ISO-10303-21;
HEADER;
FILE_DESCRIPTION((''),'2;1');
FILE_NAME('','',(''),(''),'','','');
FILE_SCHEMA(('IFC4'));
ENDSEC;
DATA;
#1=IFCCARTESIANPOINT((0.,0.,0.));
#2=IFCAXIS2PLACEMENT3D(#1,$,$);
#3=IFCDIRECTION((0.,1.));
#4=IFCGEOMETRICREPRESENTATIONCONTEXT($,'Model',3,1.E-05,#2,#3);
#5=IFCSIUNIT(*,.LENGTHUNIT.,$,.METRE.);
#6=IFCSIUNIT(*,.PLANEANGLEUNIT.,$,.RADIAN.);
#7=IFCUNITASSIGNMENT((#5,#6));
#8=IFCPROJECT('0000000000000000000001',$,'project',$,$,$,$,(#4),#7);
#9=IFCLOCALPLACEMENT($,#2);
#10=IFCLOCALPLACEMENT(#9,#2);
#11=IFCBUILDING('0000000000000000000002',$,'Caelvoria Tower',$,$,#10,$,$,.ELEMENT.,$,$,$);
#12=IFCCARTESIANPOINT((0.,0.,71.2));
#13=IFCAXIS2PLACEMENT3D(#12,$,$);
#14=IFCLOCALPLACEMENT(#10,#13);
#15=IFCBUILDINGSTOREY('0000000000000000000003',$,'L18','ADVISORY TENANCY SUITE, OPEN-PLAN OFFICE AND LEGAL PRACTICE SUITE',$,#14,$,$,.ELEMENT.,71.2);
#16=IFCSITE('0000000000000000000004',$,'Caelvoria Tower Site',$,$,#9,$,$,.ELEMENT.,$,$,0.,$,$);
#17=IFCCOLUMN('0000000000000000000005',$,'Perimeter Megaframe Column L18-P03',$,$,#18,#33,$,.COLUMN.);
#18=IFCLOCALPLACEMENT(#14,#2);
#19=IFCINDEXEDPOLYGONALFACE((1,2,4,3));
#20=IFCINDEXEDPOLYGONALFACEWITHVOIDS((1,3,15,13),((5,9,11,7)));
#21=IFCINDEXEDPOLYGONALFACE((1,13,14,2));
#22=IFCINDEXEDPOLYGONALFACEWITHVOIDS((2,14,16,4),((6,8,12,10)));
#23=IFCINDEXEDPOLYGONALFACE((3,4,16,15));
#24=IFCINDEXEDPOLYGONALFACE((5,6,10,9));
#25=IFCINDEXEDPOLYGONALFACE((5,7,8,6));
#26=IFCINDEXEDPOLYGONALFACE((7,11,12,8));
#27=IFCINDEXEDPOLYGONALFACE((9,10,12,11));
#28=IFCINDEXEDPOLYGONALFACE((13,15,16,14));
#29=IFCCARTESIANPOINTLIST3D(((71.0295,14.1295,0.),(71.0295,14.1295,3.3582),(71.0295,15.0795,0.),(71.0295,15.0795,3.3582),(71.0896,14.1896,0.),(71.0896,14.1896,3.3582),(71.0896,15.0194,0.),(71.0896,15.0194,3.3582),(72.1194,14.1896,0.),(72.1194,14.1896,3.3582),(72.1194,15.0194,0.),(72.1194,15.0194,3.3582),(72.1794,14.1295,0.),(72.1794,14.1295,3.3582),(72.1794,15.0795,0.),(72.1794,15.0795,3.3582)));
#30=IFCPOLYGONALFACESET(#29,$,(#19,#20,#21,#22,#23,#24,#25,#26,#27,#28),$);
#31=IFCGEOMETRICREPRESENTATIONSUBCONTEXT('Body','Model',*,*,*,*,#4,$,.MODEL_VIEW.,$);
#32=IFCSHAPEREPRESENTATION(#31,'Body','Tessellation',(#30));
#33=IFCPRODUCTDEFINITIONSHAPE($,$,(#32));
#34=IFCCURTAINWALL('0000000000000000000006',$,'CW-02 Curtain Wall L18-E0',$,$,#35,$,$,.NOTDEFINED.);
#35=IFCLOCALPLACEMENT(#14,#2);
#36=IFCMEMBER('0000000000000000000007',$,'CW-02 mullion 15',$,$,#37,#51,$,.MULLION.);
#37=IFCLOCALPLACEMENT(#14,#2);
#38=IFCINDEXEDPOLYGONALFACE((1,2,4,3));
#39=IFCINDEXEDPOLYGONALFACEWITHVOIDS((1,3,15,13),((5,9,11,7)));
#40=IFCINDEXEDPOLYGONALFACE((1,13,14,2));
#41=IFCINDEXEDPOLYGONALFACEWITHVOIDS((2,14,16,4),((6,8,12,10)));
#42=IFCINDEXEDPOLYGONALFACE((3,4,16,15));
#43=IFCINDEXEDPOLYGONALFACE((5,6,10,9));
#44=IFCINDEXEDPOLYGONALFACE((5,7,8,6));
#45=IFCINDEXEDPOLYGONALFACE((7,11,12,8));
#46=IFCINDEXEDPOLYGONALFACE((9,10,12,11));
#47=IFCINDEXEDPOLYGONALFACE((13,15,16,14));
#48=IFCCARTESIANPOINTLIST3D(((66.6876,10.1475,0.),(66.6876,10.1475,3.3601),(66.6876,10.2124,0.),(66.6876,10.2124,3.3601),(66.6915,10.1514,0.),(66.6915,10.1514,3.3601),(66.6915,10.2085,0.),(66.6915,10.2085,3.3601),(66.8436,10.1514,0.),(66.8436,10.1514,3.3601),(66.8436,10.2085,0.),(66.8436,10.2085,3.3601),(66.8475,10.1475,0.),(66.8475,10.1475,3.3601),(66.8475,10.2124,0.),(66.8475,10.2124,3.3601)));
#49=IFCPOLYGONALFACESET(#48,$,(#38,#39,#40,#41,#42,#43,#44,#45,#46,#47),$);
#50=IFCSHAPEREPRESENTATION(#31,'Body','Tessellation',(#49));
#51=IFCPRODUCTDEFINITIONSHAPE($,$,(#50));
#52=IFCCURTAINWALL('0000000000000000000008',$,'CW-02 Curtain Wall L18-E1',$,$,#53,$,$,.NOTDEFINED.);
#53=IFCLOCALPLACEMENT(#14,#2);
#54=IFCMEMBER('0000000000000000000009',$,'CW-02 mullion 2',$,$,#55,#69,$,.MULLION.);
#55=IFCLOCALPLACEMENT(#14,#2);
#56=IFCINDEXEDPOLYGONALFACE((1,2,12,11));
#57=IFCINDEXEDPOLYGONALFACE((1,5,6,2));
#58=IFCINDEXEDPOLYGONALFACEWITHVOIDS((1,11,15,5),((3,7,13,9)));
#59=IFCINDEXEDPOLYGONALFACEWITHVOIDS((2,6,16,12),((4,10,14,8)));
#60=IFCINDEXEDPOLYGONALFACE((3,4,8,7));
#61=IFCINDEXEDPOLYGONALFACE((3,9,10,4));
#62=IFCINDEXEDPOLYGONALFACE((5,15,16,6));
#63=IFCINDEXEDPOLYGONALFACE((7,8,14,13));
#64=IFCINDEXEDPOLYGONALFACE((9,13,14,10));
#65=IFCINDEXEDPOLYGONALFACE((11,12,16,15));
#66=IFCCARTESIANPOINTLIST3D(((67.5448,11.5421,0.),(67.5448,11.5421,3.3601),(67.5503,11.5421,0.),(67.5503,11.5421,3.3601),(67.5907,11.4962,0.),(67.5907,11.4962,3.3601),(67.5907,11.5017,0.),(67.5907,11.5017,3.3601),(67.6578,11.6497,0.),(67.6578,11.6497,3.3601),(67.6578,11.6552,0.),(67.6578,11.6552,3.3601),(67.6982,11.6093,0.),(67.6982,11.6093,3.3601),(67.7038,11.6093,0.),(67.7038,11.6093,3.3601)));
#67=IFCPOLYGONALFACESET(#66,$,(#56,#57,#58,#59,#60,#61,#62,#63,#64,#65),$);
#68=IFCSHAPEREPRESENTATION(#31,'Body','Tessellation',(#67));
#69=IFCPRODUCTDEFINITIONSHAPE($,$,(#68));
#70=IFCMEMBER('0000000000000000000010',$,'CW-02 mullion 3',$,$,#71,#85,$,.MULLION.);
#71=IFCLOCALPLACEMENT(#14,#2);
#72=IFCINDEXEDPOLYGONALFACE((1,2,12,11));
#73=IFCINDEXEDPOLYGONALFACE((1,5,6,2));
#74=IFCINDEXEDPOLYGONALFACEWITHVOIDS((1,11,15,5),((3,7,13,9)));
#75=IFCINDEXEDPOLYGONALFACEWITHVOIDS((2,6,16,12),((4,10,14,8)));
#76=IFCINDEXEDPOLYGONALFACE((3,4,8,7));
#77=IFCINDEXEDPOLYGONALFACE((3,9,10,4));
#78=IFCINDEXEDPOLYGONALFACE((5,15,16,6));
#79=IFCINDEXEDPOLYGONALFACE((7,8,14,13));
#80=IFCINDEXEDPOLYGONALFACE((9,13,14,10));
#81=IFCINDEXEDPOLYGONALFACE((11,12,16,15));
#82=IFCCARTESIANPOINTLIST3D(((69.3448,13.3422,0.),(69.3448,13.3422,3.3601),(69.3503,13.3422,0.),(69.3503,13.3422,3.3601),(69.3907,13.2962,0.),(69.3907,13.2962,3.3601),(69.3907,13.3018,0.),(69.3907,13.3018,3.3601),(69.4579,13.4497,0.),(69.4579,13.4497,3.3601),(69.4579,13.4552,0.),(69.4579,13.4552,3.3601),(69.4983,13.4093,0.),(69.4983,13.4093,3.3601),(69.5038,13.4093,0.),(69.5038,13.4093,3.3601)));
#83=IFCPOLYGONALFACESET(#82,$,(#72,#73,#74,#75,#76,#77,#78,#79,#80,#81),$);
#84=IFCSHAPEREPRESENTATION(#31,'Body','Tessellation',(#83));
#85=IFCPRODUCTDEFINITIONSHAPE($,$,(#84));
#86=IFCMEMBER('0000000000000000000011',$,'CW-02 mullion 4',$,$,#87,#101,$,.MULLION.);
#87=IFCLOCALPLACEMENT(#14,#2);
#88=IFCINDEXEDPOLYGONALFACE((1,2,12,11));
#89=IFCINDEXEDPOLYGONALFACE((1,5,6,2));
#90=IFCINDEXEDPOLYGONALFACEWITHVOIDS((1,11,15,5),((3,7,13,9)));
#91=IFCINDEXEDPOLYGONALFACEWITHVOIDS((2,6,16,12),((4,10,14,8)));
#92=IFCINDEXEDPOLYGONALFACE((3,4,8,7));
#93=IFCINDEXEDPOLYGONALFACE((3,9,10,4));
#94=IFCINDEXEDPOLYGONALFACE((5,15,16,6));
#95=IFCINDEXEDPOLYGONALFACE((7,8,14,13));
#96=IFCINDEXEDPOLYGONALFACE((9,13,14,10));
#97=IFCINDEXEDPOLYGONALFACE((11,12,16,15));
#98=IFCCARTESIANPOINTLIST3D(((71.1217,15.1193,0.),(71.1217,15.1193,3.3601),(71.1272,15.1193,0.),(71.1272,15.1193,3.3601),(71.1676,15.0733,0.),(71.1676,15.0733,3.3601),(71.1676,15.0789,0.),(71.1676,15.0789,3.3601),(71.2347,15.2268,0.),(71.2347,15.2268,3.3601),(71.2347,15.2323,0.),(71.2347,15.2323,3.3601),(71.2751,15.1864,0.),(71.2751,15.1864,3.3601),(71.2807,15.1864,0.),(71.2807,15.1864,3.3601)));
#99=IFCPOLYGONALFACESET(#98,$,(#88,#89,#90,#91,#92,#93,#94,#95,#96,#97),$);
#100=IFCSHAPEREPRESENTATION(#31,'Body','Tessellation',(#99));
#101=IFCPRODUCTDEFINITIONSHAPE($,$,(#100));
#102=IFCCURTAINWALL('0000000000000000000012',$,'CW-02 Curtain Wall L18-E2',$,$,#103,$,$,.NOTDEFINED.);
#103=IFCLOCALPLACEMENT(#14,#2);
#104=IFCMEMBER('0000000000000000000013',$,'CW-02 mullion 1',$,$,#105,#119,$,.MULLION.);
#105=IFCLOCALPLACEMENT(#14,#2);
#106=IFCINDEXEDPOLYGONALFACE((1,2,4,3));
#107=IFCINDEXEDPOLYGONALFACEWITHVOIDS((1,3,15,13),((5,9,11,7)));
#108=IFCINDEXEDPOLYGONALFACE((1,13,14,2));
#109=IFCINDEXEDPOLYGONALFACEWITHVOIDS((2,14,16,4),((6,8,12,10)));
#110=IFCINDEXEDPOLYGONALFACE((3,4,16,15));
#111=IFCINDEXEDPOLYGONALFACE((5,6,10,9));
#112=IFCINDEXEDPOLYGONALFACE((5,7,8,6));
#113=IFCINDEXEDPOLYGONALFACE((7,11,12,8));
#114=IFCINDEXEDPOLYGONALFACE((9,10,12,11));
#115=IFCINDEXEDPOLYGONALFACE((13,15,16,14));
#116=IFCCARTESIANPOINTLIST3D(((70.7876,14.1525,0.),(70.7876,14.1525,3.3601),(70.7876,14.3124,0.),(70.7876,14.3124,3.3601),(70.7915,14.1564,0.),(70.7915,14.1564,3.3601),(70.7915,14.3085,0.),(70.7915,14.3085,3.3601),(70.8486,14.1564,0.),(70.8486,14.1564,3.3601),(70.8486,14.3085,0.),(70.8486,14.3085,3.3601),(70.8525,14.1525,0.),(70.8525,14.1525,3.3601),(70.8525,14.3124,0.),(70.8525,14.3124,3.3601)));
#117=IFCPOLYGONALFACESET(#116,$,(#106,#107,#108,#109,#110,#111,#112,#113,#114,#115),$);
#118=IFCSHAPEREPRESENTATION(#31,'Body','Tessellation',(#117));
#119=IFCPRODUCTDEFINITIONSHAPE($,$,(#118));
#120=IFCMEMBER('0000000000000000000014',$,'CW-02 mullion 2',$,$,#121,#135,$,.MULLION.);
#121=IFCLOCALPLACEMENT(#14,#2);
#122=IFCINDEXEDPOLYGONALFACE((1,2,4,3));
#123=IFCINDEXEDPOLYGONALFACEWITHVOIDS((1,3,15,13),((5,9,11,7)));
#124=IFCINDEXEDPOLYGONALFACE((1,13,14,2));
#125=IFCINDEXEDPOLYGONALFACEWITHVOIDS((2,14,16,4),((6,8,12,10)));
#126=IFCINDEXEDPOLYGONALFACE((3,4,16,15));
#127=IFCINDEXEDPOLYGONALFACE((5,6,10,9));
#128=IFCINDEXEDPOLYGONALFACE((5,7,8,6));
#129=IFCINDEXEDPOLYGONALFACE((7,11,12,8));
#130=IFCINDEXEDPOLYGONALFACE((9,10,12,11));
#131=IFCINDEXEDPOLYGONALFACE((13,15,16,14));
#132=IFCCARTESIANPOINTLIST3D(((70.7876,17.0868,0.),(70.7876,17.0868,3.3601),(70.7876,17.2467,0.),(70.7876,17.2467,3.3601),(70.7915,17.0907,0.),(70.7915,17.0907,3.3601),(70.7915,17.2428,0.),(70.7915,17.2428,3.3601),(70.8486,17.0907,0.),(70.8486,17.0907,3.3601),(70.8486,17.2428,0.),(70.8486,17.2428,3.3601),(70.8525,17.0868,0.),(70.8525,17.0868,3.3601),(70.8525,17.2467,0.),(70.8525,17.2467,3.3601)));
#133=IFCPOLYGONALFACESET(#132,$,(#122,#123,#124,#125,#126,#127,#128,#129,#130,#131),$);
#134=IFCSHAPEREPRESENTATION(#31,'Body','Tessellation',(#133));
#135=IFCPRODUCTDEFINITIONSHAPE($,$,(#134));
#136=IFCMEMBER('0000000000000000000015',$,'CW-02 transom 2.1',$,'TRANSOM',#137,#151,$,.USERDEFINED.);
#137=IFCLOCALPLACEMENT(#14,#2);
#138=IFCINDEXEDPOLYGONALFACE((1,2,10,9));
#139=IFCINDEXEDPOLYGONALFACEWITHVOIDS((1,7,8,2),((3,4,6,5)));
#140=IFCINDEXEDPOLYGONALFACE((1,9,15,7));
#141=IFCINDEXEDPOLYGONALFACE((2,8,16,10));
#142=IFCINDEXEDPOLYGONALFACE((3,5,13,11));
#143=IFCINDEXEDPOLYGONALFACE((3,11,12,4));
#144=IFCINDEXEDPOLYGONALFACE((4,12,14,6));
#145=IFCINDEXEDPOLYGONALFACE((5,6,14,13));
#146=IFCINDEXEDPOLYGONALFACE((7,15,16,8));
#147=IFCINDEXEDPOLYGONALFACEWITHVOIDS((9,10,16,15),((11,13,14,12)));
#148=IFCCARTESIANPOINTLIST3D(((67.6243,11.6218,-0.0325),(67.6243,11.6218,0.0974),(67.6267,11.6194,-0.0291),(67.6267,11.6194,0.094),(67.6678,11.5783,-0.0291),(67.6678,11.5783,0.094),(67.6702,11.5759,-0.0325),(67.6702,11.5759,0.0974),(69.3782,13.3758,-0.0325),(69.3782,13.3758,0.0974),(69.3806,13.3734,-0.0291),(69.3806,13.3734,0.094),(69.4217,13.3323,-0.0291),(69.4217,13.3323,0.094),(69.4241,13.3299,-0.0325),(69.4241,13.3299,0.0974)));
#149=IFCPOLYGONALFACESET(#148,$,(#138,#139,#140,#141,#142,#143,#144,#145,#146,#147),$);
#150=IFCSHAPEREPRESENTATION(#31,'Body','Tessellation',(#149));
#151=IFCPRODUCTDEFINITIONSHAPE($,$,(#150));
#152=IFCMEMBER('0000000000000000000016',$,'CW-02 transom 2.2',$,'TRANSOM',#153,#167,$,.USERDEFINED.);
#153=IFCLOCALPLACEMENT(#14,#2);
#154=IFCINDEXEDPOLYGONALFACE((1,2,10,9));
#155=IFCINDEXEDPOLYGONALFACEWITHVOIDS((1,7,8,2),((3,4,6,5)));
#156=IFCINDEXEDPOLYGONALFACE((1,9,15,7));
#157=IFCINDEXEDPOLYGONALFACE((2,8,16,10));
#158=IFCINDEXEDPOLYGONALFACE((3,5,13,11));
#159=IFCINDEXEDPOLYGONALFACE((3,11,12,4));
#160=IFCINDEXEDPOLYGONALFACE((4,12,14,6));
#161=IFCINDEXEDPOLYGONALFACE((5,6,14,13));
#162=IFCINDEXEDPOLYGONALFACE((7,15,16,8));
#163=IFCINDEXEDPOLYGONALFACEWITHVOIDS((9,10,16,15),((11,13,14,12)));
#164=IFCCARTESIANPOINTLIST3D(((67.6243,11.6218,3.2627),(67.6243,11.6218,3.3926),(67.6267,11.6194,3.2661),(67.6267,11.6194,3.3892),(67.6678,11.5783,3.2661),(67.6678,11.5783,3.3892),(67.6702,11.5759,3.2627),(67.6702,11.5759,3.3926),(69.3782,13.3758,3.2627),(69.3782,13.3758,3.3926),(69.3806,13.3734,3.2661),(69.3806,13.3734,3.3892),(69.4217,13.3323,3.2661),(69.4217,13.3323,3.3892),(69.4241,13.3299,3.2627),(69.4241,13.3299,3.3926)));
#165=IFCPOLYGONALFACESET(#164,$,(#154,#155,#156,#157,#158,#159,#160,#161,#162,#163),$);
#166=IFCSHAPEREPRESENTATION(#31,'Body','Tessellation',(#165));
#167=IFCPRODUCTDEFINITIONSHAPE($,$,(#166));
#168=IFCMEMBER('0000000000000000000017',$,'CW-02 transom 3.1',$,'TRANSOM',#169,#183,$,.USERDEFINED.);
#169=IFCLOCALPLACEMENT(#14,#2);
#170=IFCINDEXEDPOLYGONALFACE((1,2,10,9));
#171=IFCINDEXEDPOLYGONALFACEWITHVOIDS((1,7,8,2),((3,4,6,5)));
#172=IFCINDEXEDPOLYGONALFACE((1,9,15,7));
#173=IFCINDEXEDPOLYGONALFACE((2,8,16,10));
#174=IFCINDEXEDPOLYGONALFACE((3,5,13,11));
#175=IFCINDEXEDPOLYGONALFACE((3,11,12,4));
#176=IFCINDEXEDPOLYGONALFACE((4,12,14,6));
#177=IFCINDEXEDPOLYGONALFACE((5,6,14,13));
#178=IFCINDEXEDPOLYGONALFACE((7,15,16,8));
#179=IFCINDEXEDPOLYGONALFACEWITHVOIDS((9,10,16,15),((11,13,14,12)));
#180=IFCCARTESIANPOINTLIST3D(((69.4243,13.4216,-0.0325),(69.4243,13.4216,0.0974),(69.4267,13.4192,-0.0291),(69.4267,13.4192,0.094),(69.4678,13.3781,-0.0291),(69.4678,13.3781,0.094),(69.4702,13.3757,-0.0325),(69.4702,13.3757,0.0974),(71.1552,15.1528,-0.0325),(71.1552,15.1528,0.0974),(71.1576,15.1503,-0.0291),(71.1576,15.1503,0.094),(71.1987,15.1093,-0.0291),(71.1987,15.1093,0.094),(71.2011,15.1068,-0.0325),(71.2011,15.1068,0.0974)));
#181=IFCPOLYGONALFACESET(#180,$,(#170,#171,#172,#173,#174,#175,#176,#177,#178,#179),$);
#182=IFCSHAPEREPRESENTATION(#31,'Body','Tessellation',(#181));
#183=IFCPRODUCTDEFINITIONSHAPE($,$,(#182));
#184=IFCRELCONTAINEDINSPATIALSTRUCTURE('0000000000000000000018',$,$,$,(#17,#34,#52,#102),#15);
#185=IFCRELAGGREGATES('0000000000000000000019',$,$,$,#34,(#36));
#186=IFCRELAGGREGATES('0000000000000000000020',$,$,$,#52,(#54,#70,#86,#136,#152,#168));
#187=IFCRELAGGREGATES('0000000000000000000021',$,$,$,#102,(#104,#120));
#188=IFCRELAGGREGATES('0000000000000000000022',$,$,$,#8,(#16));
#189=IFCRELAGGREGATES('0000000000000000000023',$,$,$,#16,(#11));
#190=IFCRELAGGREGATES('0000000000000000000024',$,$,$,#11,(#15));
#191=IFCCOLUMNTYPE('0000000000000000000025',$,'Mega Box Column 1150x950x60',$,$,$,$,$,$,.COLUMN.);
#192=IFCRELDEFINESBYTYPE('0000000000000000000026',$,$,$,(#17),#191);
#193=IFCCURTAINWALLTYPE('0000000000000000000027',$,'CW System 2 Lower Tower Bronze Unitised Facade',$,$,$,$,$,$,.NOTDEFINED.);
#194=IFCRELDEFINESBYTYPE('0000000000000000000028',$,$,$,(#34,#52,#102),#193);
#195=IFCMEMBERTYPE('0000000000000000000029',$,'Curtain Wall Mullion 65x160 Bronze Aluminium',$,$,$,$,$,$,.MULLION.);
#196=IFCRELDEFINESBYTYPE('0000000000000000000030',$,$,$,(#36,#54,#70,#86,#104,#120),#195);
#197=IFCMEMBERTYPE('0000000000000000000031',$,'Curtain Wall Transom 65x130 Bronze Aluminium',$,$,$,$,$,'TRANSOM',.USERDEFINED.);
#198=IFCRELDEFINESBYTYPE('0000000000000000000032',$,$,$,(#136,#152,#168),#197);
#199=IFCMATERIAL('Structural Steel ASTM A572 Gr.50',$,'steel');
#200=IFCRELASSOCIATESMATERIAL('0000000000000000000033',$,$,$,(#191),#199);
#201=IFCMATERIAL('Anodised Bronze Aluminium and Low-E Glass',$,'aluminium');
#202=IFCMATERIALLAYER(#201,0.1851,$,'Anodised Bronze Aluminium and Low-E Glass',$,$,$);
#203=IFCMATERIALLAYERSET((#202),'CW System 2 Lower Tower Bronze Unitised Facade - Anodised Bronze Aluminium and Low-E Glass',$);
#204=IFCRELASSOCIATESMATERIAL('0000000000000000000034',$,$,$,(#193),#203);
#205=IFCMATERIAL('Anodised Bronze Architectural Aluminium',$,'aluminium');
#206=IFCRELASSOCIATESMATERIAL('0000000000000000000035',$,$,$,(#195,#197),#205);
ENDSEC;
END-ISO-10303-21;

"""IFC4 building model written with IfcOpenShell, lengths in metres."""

from ifc_helpers import new_model, si_unit, direction, frame, origin, origin_2d, place, context, subcontext, project, spatial, hollow_rectangle, extrude, material, layer, layer_set, material_profile, profile_set, type_object, element, aggregate, save


model = new_model("IFC4")

# Units and contexts
model_context = context("Model", 3, precision=1e-05, world=origin(), true_north=direction((0.0, 1.0)))
body_context = subcontext(model_context, "Body", "Model", "MODEL_VIEW")
ifc_project = project(units=[si_unit("LENGTHUNIT", "METRE"), si_unit("PLANEANGLEUNIT", "RADIAN")], contexts=[model_context])

# Site, building, storey
site_placement = place(None, origin())
site = spatial("IfcSite", under=ifc_project, at=site_placement, Name="Caelvoria Tower Site", CompositionType="ELEMENT", RefElevation=0.0)
building_placement = place(site_placement, origin())
building = spatial("IfcBuilding", under=site, at=building_placement, Name="Caelvoria Tower", CompositionType="ELEMENT")
storey_placement = place(building_placement, frame((0.0, 0.0, 71.2)))
storey = spatial("IfcBuildingStorey", under=building, at=storey_placement, Name="L18", Description="ADVISORY TENANCY SUITE, OPEN-PLAN OFFICE AND LEGAL PRACTICE SUITE", CompositionType="ELEMENT", Elevation=71.2)

# Column
ifc_material_1 = material(Name="Structural Steel ASTM A572 Gr.50", Category="steel")
ifc_material_profile_1 = material_profile(ifc_material_1, hollow_rectangle(XDim=0.95, YDim=1.1499, WallThickness=0.0601, at=origin_2d()), Name="Structural Steel ASTM A572 Gr.50")
ifc_profile_set_1 = profile_set([ifc_material_profile_1], Name="BOX1150X950X60 - Structural Steel ASTM A572 Gr.50")
column_type = type_object("IfcColumnType", Name="Mega Box Column 1150x950x60", PredefinedType="COLUMN", material=ifc_profile_set_1)
column_placement = place(storey_placement, frame((71.6045, 14.6045, 0.0), z_axis=(0.0, 0.0, 1.0), x_axis=(0.0, 1.0, 0.0)))
element("IfcColumn", 1, at=column_placement, inside=storey, type_object=column_type, Name="Perimeter Megaframe Column L18-P03", PredefinedType="COLUMN", context=body_context, shape_type="SweptSolid", body=[
    extrude(hollow_rectangle(XDim=0.95, YDim=1.1499, WallThickness=0.0601, at=origin_2d()), origin(), (0.0, 0.0, 1.0), 3.3582),
])

# Curtain wall, member
ifc_material_2 = material(Name="Anodised Bronze Aluminium and Low-E Glass", Category="aluminium")
ifc_layer_1 = layer(ifc_material_2, 0.1851, Name="Anodised Bronze Aluminium and Low-E Glass")
ifc_layer_set_1 = layer_set([ifc_layer_1], Name="CW System 2 Lower Tower Bronze Unitised Facade - Anodised Bronze Aluminium and Low-E Glass")
curtain_wall_type = type_object("IfcCurtainWallType", Name="CW System 2 Lower Tower Bronze Unitised Facade", PredefinedType="NOTDEFINED", material=ifc_layer_set_1)
curtain_wall_1_placement = place(storey_placement, origin())
curtain_wall_1 = element("IfcCurtainWall", 2, at=curtain_wall_1_placement, inside=storey, type_object=curtain_wall_type, Name="CW-02 Curtain Wall L18-E0", PredefinedType="NOTDEFINED")
ifc_material_3 = material(Name="Anodised Bronze Architectural Aluminium", Category="aluminium")
ifc_material_profile_2 = material_profile(ifc_material_3, hollow_rectangle(XDim=0.0649, YDim=0.1599, WallThickness=0.0039, at=origin_2d()), Name="Anodised Bronze Architectural Aluminium")
ifc_profile_set_2 = profile_set([ifc_material_profile_2], Name="CW_MULL_65X160 - Anodised Bronze Architectural Aluminium")
member_type_1 = type_object("IfcMemberType", Name="Curtain Wall Mullion 65x160 Bronze Aluminium", PredefinedType="MULLION", material=ifc_profile_set_2)
member_1_placement = place(storey_placement, frame((66.7676, 10.1799, 0.0), z_axis=(0.0, 0.0, 1.0), x_axis=(0.0, 1.0, 0.0)))
member_1 = element("IfcMember", 3, at=member_1_placement, type_object=member_type_1, Name="CW-02 mullion 15", PredefinedType="MULLION", context=body_context, shape_type="SweptSolid", body=[
    extrude(hollow_rectangle(XDim=0.0649, YDim=0.1599, WallThickness=0.0039, at=origin_2d()), origin(), (0.0, 0.0, 1.0), 3.3601),
])
aggregate(curtain_wall_1, [member_1])

# Curtain walls, members
curtain_wall_2_placement = place(storey_placement, origin())
curtain_wall_2 = element("IfcCurtainWall", 4, at=curtain_wall_2_placement, inside=storey, type_object=curtain_wall_type, Name="CW-02 Curtain Wall L18-E1", PredefinedType="NOTDEFINED")
member_2_placement = place(storey_placement, frame((67.6243, 11.5757, 0.0), z_axis=(0.0, 0.0, 1.0), x_axis=(-0.707107, 0.707107, 0.0)))
member_2 = element("IfcMember", 5, at=member_2_placement, type_object=member_type_1, Name="CW-02 mullion 2", PredefinedType="MULLION", context=body_context, shape_type="SweptSolid", body=[
    extrude(hollow_rectangle(XDim=0.0649, YDim=0.1599, WallThickness=0.0039, at=origin_2d()), origin(), (0.0, 0.0, 1.0), 3.3601),
])
member_3_placement = place(storey_placement, frame((69.4243, 13.3757, 0.0), z_axis=(0.0, 0.0, 1.0), x_axis=(-0.707107, 0.707107, 0.0)))
member_3 = element("IfcMember", 6, at=member_3_placement, type_object=member_type_1, Name="CW-02 mullion 3", PredefinedType="MULLION", context=body_context, shape_type="SweptSolid", body=[
    extrude(hollow_rectangle(XDim=0.0649, YDim=0.1599, WallThickness=0.0039, at=origin_2d()), origin(), (0.0, 0.0, 1.0), 3.3601),
])
member_4_placement = place(storey_placement, frame((71.2012, 15.1528, 0.0), z_axis=(0.0, 0.0, 1.0), x_axis=(-0.707107, 0.707107, 0.0)))
member_4 = element("IfcMember", 7, at=member_4_placement, type_object=member_type_1, Name="CW-02 mullion 4", PredefinedType="MULLION", context=body_context, shape_type="SweptSolid", body=[
    extrude(hollow_rectangle(XDim=0.0649, YDim=0.1599, WallThickness=0.0039, at=origin_2d()), origin(), (0.0, 0.0, 1.0), 3.3601),
])
curtain_wall_3_placement = place(storey_placement, origin())
curtain_wall_3 = element("IfcCurtainWall", 8, at=curtain_wall_3_placement, inside=storey, type_object=curtain_wall_type, Name="CW-02 Curtain Wall L18-E2", PredefinedType="NOTDEFINED")
member_5_placement = place(storey_placement, frame((70.8201, 14.2324, 0.0), z_axis=(0.0, 0.0, 1.0), x_axis=(-1.0, 0.0, 0.0)))
member_5 = element("IfcMember", 9, at=member_5_placement, type_object=member_type_1, Name="CW-02 mullion 1", PredefinedType="MULLION", context=body_context, shape_type="SweptSolid", body=[
    extrude(hollow_rectangle(XDim=0.0649, YDim=0.1599, WallThickness=0.0039, at=origin_2d()), origin(), (0.0, 0.0, 1.0), 3.3601),
])
member_6_placement = place(storey_placement, frame((70.8201, 17.1667, 0.0), z_axis=(0.0, 0.0, 1.0), x_axis=(-1.0, 0.0, 0.0)))
member_6 = element("IfcMember", 10, at=member_6_placement, type_object=member_type_1, Name="CW-02 mullion 2", PredefinedType="MULLION", context=body_context, shape_type="SweptSolid", body=[
    extrude(hollow_rectangle(XDim=0.0649, YDim=0.1599, WallThickness=0.0039, at=origin_2d()), origin(), (0.0, 0.0, 1.0), 3.3601),
])

# Members
ifc_material_profile_3 = material_profile(ifc_material_3, hollow_rectangle(XDim=0.0649, YDim=0.1299, WallThickness=0.0034, at=origin_2d()), Name="Anodised Bronze Architectural Aluminium")
ifc_profile_set_3 = profile_set([ifc_material_profile_3], Name="CW_TRAN_65X130 - Anodised Bronze Architectural Aluminium")
member_type_2 = type_object("IfcMemberType", Name="Curtain Wall Transom 65x130 Bronze Aluminium", ElementType="TRANSOM", PredefinedType="USERDEFINED", material=ifc_profile_set_3)
member_7_placement = place(storey_placement, frame((67.6472, 11.5989, 0.0325), z_axis=(0.707107, 0.707107, 0.0), x_axis=(-0.707107, 0.707107, 0.0)))
member_7 = element("IfcMember", 11, at=member_7_placement, type_object=member_type_2, Name="CW-02 transom 2.1", ObjectType="TRANSOM", PredefinedType="USERDEFINED", context=body_context, shape_type="SweptSolid", body=[
    extrude(hollow_rectangle(XDim=0.0649, YDim=0.1299, WallThickness=0.0034, at=origin_2d()), origin(), (0.0, 0.0, 1.0), 2.4805),
])
member_8_placement = place(storey_placement, frame((67.6472, 11.5989, 3.3276), z_axis=(0.707107, 0.707107, 0.0), x_axis=(-0.707107, 0.707107, 0.0)))
member_8 = element("IfcMember", 12, at=member_8_placement, type_object=member_type_2, Name="CW-02 transom 2.2", ObjectType="TRANSOM", PredefinedType="USERDEFINED", context=body_context, shape_type="SweptSolid", body=[
    extrude(hollow_rectangle(XDim=0.0649, YDim=0.1299, WallThickness=0.0034, at=origin_2d()), origin(), (0.0, 0.0, 1.0), 2.4805),
])
member_9_placement = place(storey_placement, frame((69.4473, 13.3987, 0.0325), z_axis=(0.707057, 0.707157, 0.0), x_axis=(-0.707157, 0.707057, 0.0)))
member_9 = element("IfcMember", 13, at=member_9_placement, type_object=member_type_2, Name="CW-02 transom 3.1", ObjectType="TRANSOM", PredefinedType="USERDEFINED", context=body_context, shape_type="SweptSolid", body=[
    extrude(hollow_rectangle(XDim=0.0649, YDim=0.1299, WallThickness=0.0034, at=origin_2d()), origin(), (0.0, 0.0, 1.0), 2.448),
])

aggregate(curtain_wall_2, [member_2, member_3, member_4, member_7, member_8, member_9])
aggregate(curtain_wall_3, [member_5, member_6])

save(model, "model.ifc")
